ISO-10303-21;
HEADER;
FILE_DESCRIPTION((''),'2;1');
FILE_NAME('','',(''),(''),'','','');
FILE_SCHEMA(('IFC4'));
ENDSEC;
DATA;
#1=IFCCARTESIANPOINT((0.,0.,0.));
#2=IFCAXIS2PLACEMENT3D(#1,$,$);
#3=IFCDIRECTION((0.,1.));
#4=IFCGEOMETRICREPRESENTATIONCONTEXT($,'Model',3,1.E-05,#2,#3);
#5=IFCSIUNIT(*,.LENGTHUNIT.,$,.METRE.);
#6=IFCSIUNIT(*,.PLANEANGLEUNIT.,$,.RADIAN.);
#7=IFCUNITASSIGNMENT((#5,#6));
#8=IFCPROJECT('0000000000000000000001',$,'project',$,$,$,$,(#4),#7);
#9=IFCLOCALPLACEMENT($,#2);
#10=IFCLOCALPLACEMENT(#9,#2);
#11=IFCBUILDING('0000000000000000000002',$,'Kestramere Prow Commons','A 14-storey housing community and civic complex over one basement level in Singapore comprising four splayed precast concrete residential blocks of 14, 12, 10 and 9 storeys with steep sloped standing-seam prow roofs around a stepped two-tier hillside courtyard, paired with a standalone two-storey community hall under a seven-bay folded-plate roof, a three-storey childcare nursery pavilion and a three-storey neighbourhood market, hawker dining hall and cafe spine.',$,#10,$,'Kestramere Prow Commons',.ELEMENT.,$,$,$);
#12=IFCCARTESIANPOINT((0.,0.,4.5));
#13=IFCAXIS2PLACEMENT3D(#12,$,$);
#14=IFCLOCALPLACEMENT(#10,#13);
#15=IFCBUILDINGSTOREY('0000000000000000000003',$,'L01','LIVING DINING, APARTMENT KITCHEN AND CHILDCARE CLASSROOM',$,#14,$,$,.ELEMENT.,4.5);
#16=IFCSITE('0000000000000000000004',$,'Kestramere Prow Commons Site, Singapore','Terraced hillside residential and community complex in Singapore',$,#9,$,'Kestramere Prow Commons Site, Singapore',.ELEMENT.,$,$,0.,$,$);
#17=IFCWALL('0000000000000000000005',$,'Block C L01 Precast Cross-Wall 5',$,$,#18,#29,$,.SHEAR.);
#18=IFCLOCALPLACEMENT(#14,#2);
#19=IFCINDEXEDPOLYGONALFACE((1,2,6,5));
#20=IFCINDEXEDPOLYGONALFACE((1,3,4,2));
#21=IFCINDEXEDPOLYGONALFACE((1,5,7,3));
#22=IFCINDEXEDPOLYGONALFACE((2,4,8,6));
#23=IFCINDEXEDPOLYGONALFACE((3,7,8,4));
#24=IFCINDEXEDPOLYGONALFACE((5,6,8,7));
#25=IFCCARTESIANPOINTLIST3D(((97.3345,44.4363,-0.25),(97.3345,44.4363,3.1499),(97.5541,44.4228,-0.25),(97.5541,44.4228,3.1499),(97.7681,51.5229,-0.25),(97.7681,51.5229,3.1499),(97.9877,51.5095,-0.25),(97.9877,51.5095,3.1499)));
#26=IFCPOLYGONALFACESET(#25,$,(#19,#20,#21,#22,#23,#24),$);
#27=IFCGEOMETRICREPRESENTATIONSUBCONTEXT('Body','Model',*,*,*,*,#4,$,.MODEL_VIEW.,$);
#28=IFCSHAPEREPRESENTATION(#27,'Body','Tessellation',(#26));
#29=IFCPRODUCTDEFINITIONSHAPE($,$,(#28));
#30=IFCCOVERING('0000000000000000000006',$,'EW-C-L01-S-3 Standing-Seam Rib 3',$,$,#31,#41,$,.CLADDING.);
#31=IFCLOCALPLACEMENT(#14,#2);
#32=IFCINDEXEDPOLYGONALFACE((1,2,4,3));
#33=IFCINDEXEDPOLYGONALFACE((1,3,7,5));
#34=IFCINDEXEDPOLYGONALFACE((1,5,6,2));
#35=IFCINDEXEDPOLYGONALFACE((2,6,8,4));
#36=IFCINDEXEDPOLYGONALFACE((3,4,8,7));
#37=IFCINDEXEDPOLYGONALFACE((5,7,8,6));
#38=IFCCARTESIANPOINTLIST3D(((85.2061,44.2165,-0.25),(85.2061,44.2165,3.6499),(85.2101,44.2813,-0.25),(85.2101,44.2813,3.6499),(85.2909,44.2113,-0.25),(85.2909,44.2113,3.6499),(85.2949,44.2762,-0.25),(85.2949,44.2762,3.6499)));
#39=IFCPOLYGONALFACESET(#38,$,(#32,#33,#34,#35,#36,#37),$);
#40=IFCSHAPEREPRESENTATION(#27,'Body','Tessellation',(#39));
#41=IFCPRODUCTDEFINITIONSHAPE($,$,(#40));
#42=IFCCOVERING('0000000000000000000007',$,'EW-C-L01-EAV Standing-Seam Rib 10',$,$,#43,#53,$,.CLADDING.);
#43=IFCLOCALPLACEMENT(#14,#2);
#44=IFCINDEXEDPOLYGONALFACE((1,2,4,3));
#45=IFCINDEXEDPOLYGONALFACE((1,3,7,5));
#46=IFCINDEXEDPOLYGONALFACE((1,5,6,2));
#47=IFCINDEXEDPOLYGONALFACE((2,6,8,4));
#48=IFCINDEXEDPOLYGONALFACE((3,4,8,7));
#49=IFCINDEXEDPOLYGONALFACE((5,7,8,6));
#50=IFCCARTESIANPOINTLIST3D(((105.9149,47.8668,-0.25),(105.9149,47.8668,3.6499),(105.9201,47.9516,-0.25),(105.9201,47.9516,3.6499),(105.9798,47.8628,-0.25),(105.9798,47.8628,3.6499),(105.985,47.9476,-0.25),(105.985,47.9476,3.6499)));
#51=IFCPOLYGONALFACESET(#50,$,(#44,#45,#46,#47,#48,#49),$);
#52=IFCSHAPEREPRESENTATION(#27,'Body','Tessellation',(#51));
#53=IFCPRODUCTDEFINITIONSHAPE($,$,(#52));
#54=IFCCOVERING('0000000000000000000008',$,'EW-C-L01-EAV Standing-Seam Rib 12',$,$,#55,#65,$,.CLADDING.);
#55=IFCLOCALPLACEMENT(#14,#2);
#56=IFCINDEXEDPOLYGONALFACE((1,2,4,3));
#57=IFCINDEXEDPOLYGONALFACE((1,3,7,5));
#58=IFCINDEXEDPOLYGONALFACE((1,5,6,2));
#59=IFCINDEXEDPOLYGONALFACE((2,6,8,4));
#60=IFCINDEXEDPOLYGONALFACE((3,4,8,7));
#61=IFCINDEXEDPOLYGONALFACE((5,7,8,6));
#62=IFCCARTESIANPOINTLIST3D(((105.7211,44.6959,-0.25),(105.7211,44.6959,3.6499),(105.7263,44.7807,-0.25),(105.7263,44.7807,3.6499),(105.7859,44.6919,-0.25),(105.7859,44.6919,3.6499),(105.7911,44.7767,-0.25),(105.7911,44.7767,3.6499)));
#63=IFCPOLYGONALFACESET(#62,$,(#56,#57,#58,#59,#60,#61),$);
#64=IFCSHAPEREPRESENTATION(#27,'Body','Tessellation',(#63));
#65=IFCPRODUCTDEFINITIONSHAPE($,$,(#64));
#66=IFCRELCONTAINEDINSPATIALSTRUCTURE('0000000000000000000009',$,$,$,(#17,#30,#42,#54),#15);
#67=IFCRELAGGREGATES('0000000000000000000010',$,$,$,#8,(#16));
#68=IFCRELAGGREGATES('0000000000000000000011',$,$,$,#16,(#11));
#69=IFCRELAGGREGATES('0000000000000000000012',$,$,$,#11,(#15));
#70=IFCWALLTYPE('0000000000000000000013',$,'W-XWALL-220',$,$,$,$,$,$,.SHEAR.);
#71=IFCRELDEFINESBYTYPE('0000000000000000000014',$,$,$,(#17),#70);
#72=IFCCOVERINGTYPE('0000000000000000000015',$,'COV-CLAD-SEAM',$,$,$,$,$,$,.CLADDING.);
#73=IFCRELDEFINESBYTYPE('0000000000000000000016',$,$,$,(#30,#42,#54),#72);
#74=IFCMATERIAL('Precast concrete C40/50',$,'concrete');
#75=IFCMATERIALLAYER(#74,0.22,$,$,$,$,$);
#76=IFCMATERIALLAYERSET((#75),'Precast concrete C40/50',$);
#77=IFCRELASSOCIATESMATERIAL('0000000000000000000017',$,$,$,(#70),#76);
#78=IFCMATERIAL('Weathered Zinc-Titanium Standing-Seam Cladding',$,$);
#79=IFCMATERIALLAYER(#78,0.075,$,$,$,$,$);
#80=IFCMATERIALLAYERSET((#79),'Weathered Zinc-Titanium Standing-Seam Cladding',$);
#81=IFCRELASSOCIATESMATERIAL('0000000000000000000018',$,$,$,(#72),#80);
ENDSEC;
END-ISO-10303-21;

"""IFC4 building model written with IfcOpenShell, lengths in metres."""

from ifc_helpers import new_model, si_unit, direction, frame, frame_2d, origin, origin_2d, place, context, subcontext, project, spatial, rectangle, extrude, material, layer, layer_set, type_object, element, save


model = new_model("IFC4")

# Units and contexts
model_context = context("Model", 3, precision=1e-05, world=origin(), true_north=direction((0.0, 1.0)))
body_context = subcontext(model_context, "Body", "Model", "MODEL_VIEW")
ifc_project = project(units=[si_unit("LENGTHUNIT", "METRE"), si_unit("PLANEANGLEUNIT", "RADIAN")], contexts=[model_context])

# Site, building, storey
site_placement = place(None, origin())
site = spatial("IfcSite", under=ifc_project, at=site_placement, Name="Kestramere Prow Commons Site, Singapore", Description="Terraced hillside residential and community complex in Singapore", LongName="Kestramere Prow Commons Site, Singapore", CompositionType="ELEMENT", RefElevation=0.0)
building_placement = place(site_placement, origin())
building = spatial("IfcBuilding", under=site, at=building_placement, Name="Kestramere Prow Commons", Description="A 14-storey housing community and civic complex over one basement level in Singapore comprising four splayed precast concrete residential blocks of 14, 12, 10 and 9 storeys with steep sloped standing-seam prow roofs around a stepped two-tier hillside courtyard, paired with a standalone two-storey community hall under a seven-bay folded-plate roof, a three-storey childcare nursery pavilion and a three-storey neighbourhood market, hawker dining hall and cafe spine.", LongName="Kestramere Prow Commons", CompositionType="ELEMENT")
storey_placement = place(building_placement, frame((0.0, 0.0, 4.5)))
storey = spatial("IfcBuildingStorey", under=building, at=storey_placement, Name="L01", Description="LIVING DINING, APARTMENT KITCHEN AND CHILDCARE CLASSROOM", CompositionType="ELEMENT", Elevation=4.5)

# Shared definitions
ifc_material_1 = material(Name="Precast concrete C40/50", Category="concrete")

# Wall
ifc_layer_1 = layer(ifc_material_1, 0.22)
ifc_layer_set_1 = layer_set([ifc_layer_1], Name="Precast concrete C40/50")
wall_type_1 = type_object("IfcWallType", Name="W-XWALL-220", PredefinedType="SHEAR", material=ifc_layer_set_1)
wall_1_placement = place(storey_placement, frame((97.4443, 44.4297, -0.25), z_axis=(0.0, 0.0, 1.0), x_axis=(0.06107, 0.998133, 0.0)))
element("IfcWall", 1, at=wall_1_placement, inside=storey, type_object=wall_type_1, Name="Block C L01 Precast Cross-Wall 5", PredefinedType="SHEAR", context=body_context, shape_type="SweptSolid", body=[
    extrude(rectangle(XDim=7.0999, YDim=0.22, at=frame_2d((3.5498, 0.0))), origin(), (0.0, 0.0, 1.0), 3.3999),
])

# Coverings
ifc_material_2 = material(Name="Weathered Zinc-Titanium Standing-Seam Cladding")
ifc_layer_2 = layer(ifc_material_2, 0.075)
ifc_layer_set_2 = layer_set([ifc_layer_2], Name="Weathered Zinc-Titanium Standing-Seam Cladding")
covering_type = type_object("IfcCoveringType", Name="COV-CLAD-SEAM", PredefinedType="CLADDING", material=ifc_layer_set_2)
for number, where, z_axis, x_axis, name in (
    (2, (85.2505, 44.2463, -0.25), (0.0, 0.0, 1.0), (-0.998135, 0.061049, 0.0), "EW-C-L01-S-3 Standing-Seam Rib 3"),
    (3, (105.95, 47.9072, -0.25), (0.0, 0.0, 1.0), (-0.061049, -0.998135, 0.0), "EW-C-L01-EAV Standing-Seam Rib 10"),
    (4, (105.7561, 44.7363, -0.25), (0.0, 0.0, 1.0), (-0.061049, -0.998135, 0.0), "EW-C-L01-EAV Standing-Seam Rib 12"),
):
    element("IfcCovering", number, at=place(storey_placement, frame(where, z_axis=z_axis, x_axis=x_axis)), inside=storey, type_object=covering_type, Name=name, PredefinedType="CLADDING", context=body_context, shape_type="SweptSolid", body=[
        extrude(rectangle(XDim=0.085, YDim=0.0649, at=origin_2d()), origin(), (0.0, 0.0, 1.0), 3.8999),
    ])

save(model, "model.ifc")
